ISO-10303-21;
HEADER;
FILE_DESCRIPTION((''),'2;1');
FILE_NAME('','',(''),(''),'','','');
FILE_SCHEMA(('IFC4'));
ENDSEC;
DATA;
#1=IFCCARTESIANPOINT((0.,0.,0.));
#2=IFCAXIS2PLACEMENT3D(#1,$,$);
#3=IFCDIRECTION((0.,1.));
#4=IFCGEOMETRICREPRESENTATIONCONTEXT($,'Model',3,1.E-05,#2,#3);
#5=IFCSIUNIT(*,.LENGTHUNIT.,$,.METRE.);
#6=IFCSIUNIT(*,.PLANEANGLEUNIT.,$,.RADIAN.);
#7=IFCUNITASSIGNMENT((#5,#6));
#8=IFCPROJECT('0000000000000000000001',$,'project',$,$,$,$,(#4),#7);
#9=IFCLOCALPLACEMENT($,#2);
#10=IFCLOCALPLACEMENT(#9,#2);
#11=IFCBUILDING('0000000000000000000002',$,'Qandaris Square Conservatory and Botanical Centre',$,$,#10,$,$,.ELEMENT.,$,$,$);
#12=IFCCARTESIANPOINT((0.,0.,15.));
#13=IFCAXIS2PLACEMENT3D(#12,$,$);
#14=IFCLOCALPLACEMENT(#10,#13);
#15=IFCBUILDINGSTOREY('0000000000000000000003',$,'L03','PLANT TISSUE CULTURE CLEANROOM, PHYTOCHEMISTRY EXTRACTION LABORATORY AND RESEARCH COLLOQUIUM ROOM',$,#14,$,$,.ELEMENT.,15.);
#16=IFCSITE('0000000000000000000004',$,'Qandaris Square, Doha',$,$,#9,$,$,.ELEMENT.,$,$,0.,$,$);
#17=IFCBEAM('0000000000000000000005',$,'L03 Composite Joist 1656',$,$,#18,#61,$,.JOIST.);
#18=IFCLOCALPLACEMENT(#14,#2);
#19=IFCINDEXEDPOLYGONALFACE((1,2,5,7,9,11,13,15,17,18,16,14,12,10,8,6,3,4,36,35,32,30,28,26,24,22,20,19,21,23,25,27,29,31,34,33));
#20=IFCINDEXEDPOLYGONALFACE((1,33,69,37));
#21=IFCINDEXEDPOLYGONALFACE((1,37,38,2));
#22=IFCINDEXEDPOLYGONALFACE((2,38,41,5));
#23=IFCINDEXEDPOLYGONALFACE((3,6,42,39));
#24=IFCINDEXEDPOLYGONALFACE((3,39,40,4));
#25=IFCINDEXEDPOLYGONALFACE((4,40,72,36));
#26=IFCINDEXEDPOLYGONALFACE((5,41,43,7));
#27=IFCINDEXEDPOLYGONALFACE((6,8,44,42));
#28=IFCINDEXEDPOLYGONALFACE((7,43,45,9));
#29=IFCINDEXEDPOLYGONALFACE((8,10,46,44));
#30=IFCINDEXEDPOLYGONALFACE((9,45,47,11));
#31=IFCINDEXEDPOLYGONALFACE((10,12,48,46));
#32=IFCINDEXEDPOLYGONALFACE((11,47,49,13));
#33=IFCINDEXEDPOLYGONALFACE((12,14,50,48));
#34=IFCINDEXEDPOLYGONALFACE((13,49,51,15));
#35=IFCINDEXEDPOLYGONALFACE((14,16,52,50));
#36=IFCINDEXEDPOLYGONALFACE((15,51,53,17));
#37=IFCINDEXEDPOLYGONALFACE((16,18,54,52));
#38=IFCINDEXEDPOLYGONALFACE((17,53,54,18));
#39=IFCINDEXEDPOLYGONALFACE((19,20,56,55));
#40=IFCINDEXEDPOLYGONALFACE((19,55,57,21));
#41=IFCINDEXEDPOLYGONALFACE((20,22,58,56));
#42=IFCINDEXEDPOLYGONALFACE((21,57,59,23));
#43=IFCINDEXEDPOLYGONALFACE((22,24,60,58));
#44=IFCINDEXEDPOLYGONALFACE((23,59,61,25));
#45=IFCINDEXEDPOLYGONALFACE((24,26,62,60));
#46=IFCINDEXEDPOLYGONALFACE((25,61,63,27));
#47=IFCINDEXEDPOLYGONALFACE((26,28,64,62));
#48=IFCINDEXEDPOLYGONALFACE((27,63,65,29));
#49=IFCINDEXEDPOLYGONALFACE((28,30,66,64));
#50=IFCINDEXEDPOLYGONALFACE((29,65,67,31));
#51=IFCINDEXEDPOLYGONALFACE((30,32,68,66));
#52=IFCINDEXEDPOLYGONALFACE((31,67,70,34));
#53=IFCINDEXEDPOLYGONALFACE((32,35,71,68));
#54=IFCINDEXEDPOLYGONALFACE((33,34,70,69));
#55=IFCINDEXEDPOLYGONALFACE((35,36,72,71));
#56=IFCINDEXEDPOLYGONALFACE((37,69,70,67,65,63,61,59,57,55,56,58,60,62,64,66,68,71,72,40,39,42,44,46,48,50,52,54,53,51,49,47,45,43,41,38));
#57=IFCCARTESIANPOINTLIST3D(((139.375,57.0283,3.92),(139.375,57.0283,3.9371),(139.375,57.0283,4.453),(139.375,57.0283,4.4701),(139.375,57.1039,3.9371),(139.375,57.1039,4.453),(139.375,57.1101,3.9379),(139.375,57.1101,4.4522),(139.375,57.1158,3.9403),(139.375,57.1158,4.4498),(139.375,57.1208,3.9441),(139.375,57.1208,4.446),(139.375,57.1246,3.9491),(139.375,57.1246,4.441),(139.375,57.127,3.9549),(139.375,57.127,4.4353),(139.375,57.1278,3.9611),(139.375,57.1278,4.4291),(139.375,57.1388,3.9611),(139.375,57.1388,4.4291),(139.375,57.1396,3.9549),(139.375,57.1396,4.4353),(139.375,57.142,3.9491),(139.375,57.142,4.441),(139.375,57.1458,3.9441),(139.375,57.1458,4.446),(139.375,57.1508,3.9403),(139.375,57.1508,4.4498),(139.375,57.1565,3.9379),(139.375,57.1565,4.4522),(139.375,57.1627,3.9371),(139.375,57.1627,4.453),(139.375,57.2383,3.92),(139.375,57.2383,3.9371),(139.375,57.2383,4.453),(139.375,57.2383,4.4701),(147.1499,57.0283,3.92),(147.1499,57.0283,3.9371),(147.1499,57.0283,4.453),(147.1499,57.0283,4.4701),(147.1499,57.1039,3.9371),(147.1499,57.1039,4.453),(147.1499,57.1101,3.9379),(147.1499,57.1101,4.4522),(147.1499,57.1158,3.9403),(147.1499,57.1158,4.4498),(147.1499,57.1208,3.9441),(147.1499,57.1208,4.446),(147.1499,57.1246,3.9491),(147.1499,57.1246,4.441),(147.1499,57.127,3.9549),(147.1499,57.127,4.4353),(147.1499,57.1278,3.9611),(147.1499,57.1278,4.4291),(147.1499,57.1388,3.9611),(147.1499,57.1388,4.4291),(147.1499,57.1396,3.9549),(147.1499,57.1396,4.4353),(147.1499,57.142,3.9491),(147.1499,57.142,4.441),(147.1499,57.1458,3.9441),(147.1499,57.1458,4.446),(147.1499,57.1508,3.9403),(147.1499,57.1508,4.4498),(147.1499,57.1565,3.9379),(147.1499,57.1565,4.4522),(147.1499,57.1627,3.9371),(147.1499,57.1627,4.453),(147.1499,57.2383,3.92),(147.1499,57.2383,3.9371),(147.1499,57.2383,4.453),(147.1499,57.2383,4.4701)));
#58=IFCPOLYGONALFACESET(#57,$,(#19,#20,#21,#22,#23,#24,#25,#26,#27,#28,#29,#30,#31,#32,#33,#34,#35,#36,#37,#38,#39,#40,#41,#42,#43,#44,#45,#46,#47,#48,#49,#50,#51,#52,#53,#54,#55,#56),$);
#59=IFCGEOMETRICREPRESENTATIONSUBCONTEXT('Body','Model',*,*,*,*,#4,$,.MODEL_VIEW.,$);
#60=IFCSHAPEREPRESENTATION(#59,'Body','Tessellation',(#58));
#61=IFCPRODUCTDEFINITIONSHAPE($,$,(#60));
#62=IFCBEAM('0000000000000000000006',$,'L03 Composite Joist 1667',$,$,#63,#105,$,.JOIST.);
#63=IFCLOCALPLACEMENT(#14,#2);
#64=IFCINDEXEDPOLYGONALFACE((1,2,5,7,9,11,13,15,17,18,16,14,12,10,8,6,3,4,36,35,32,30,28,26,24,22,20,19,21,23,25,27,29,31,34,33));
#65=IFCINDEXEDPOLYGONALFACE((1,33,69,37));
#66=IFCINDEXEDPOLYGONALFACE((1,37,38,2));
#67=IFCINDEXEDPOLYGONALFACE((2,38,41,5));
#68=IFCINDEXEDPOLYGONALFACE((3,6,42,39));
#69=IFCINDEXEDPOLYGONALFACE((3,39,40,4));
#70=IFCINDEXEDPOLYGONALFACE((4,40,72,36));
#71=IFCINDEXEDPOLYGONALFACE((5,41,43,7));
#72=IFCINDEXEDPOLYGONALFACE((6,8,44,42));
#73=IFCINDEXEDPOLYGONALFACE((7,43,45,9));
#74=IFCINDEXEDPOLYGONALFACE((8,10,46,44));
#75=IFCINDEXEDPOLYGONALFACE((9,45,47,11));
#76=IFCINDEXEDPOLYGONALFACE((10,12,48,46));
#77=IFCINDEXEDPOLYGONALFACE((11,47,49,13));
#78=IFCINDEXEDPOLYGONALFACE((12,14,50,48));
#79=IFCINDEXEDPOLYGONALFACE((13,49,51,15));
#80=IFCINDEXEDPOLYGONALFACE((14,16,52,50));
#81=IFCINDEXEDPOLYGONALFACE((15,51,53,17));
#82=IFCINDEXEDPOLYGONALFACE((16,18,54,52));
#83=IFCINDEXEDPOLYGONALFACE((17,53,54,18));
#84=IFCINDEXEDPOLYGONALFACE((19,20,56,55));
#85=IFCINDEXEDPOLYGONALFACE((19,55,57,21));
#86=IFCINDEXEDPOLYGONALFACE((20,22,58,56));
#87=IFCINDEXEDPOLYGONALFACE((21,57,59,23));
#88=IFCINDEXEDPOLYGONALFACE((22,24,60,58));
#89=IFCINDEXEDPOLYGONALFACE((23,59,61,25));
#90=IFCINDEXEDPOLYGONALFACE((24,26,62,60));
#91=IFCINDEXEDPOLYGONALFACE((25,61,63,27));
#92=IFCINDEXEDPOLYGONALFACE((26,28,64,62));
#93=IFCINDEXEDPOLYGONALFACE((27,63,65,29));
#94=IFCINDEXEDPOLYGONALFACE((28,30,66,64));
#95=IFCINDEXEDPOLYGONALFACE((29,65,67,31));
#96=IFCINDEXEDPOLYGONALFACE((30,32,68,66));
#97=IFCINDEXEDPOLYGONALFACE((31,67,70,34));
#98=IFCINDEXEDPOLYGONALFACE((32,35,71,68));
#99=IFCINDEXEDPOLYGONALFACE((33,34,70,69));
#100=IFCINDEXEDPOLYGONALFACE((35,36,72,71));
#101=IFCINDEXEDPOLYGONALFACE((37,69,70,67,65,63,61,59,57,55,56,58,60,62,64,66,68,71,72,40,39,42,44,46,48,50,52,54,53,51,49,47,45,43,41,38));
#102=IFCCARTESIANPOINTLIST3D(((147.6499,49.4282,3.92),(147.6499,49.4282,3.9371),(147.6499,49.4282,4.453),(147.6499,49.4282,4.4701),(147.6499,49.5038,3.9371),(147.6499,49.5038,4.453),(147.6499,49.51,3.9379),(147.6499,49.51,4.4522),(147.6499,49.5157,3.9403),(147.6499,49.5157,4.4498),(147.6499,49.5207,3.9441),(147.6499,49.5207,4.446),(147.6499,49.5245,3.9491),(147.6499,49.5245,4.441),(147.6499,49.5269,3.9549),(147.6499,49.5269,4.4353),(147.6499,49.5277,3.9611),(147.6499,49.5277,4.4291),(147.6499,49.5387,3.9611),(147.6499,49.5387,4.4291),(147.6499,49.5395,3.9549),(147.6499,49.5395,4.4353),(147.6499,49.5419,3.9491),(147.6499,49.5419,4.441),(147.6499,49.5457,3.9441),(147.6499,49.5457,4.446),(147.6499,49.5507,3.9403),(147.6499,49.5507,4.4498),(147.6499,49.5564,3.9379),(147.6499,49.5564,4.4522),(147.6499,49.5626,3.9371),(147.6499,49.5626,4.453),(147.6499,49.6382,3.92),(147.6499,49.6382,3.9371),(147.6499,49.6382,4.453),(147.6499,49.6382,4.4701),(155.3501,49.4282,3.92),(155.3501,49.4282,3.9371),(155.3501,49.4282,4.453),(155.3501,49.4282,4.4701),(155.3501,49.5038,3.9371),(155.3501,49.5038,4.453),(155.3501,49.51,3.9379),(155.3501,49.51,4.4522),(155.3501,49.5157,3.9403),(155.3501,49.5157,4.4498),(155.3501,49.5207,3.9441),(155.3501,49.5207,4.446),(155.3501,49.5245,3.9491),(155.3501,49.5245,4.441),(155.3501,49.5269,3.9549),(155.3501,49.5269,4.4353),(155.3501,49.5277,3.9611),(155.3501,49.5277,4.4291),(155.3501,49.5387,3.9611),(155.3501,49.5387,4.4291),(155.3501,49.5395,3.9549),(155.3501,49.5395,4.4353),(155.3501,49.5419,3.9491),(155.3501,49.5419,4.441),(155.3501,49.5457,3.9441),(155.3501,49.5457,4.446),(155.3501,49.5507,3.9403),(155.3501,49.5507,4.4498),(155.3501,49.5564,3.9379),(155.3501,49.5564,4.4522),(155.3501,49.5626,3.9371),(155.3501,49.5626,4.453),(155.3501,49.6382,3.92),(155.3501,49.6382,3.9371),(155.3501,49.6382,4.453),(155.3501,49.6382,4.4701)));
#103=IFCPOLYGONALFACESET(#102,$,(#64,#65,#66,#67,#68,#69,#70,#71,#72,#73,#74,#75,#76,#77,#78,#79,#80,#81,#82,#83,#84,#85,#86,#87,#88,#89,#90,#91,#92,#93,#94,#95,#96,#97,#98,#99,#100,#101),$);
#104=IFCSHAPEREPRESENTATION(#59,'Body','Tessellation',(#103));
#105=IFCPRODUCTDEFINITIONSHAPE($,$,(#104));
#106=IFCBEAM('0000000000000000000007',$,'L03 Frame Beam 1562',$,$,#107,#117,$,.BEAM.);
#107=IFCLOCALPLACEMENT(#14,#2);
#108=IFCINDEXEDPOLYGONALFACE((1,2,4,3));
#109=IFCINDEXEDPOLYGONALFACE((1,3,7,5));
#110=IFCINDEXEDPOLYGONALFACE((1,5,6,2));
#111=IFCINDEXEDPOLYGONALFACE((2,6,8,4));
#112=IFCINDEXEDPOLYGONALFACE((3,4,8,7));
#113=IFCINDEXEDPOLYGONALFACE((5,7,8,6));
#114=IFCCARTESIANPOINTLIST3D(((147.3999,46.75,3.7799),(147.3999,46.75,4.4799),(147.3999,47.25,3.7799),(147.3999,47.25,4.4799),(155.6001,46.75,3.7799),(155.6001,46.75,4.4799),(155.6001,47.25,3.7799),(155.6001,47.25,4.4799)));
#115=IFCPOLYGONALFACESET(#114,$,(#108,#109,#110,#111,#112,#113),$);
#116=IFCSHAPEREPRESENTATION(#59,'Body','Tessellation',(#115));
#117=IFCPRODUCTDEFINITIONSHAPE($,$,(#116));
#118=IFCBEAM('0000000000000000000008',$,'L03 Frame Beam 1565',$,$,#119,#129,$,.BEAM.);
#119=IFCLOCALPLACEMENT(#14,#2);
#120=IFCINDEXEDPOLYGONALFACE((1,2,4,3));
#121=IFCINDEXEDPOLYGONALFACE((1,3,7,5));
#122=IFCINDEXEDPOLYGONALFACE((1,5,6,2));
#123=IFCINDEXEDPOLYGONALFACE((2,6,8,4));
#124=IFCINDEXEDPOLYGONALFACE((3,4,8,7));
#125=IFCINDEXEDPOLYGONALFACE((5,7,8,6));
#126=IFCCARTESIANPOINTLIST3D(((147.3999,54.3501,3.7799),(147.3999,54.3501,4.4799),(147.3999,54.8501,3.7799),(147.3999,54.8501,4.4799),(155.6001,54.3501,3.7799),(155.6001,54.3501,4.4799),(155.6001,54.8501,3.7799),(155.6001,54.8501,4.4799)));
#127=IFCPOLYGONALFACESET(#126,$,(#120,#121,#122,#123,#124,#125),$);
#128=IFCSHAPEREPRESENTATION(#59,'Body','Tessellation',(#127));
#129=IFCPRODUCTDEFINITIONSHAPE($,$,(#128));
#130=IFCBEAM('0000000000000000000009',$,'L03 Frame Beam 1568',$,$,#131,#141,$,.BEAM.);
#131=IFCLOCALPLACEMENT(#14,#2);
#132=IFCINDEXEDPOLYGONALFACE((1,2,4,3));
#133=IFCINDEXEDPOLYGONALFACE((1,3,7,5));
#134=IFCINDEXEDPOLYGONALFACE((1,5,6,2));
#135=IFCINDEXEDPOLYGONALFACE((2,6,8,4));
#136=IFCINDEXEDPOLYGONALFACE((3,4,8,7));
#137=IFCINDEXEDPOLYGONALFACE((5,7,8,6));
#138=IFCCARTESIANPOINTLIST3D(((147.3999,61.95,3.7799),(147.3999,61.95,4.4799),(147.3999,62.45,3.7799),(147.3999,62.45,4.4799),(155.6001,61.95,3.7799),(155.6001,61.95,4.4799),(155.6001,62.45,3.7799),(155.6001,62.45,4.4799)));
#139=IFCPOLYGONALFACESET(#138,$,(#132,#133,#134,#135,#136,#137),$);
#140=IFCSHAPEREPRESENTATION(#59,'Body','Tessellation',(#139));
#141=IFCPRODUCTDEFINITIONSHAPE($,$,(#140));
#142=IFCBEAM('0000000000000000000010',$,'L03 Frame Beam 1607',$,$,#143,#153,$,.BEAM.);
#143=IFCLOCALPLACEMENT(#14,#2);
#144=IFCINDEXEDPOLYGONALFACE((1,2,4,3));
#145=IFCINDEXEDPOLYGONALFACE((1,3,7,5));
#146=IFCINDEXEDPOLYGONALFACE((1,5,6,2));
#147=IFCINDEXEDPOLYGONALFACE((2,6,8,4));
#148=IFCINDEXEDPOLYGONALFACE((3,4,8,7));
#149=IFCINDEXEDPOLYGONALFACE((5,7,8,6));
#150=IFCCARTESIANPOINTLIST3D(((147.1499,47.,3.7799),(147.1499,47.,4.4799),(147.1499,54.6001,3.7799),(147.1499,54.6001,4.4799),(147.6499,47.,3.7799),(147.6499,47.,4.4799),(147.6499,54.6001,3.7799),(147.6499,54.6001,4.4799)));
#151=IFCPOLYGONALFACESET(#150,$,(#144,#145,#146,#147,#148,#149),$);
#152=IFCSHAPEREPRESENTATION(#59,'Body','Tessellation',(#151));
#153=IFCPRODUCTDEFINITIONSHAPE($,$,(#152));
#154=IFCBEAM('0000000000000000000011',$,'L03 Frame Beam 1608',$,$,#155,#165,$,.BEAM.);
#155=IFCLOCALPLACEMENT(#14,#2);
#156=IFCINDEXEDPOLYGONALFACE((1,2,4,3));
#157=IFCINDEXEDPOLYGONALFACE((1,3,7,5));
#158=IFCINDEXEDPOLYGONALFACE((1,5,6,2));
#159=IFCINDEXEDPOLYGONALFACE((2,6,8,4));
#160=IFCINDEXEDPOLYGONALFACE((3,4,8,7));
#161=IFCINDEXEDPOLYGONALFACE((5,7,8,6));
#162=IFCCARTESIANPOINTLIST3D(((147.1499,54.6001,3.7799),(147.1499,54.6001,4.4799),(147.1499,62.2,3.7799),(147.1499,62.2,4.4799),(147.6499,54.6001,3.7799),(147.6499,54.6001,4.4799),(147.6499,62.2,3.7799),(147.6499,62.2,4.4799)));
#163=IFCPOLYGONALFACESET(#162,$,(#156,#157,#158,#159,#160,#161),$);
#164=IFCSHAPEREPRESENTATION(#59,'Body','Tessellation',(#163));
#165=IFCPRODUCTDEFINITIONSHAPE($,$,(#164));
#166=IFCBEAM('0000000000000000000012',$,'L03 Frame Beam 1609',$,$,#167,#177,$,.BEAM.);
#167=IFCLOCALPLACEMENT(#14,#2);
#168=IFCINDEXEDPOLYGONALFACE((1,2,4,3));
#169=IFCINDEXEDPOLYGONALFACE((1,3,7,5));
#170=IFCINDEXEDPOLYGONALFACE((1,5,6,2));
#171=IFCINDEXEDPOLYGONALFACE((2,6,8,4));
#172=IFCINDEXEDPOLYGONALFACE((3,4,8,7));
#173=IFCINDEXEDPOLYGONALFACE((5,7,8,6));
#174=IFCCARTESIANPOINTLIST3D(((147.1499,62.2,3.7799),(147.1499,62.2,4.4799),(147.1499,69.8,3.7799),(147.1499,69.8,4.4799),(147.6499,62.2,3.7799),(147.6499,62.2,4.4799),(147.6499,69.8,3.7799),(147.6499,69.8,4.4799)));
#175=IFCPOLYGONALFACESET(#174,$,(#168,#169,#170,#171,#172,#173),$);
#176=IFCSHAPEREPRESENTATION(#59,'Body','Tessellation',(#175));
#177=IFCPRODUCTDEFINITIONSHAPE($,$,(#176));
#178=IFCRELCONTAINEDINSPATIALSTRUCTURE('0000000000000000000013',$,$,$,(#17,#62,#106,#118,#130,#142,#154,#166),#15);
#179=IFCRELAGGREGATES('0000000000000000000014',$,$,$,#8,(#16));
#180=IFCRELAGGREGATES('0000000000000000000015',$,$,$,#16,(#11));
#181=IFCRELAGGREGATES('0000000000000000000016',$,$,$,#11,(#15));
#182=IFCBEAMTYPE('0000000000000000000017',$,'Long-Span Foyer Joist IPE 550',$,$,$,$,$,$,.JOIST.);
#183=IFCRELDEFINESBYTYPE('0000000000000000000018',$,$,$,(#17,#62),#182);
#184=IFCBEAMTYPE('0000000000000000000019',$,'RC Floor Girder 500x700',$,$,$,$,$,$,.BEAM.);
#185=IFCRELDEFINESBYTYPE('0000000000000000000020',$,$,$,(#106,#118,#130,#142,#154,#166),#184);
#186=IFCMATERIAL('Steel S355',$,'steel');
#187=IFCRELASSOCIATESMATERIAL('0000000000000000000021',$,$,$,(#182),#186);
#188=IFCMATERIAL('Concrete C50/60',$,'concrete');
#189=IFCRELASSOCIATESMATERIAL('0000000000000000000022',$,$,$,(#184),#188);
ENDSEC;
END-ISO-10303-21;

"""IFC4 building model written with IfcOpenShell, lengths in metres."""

from ifc_helpers import new_model, si_unit, direction, frame, origin, origin_2d, place, context, subcontext, project, spatial, rectangle, i_section, extrude, material, material_profile, profile_set, type_object, element, save


model = new_model("IFC4")

# Units and contexts
model_context = context("Model", 3, precision=1e-05, world=origin(), true_north=direction((0.0, 1.0)))
body_context = subcontext(model_context, "Body", "Model", "MODEL_VIEW")
ifc_project = project(units=[si_unit("LENGTHUNIT", "METRE"), si_unit("PLANEANGLEUNIT", "RADIAN")], contexts=[model_context])

# Site, building, storey
site_placement = place(None, origin())
site = spatial("IfcSite", under=ifc_project, at=site_placement, Name="Qandaris Square, Doha", CompositionType="ELEMENT", RefElevation=0.0)
building_placement = place(site_placement, origin())
building = spatial("IfcBuilding", under=site, at=building_placement, Name="Qandaris Square Conservatory and Botanical Centre", CompositionType="ELEMENT")
storey_placement = place(building_placement, frame((0.0, 0.0, 15.0)))
storey = spatial("IfcBuildingStorey", under=building, at=storey_placement, Name="L03", Description="PLANT TISSUE CULTURE CLEANROOM, PHYTOCHEMISTRY EXTRACTION LABORATORY AND RESEARCH COLLOQUIUM ROOM", CompositionType="ELEMENT", Elevation=15.0)

# Shared definitions
ifc_material_1 = material(Name="Concrete C50/60", Category="concrete")

# Beams
ifc_material_2 = material(Name="Steel S355", Category="steel")
ifc_material_profile_1 = material_profile(ifc_material_2, i_section(OverallWidth=0.21, OverallDepth=0.55, WebThickness=0.011, FlangeThickness=0.0171, FilletRadius=0.0239, at=origin_2d()), Name="IPE 550")
ifc_profile_set_1 = profile_set([ifc_material_profile_1], Name="Steel S355")
beam_type_1 = type_object("IfcBeamType", Name="Long-Span Foyer Joist IPE 550", PredefinedType="JOIST", material=ifc_profile_set_1)
for number, where, z_axis, x_axis, name in (
    (1, (139.375, 57.1333, 4.1951), (1.0, 0.0, 0.0), (0.0, 1.0, 0.0), "L03 Composite Joist 1656"),
):
    element("IfcBeam", number, at=place(storey_placement, frame(where, z_axis=z_axis, x_axis=x_axis)), inside=storey, type_object=beam_type_1, Name=name, PredefinedType="JOIST", context=body_context, shape_type="SweptSolid", body=[
        extrude(i_section(OverallWidth=0.21, OverallDepth=0.55, WebThickness=0.011, FlangeThickness=0.0171, FilletRadius=0.0239, at=origin_2d()), origin(), (0.0, 0.0, 1.0), 7.7749),
    ])
beam_1_placement = place(storey_placement, frame((147.6499, 49.5332, 4.1951), z_axis=(1.0, 0.0, 0.0), x_axis=(0.0, 1.0, 0.0)))
element("IfcBeam", 2, at=beam_1_placement, inside=storey, type_object=beam_type_1, Name="L03 Composite Joist 1667", PredefinedType="JOIST", context=body_context, shape_type="SweptSolid", body=[
    extrude(i_section(OverallWidth=0.21, OverallDepth=0.55, WebThickness=0.011, FlangeThickness=0.0171, FilletRadius=0.0239, at=origin_2d()), origin(), (0.0, 0.0, 1.0), 7.7002),
])
ifc_material_profile_2 = material_profile(ifc_material_1, rectangle(XDim=0.5, YDim=0.7, at=origin_2d()), Name="RC-BM 500x700")
ifc_profile_set_2 = profile_set([ifc_material_profile_2], Name="Concrete C50/60")
beam_type_2 = type_object("IfcBeamType", Name="RC Floor Girder 500x700", PredefinedType="BEAM", material=ifc_profile_set_2)
for number, where, z_axis, x_axis, name in (
    (3, (147.3999, 47.0, 4.1299), (1.0, 0.0, 0.0), (0.0, 1.0, 0.0), "L03 Frame Beam 1562"),
    (4, (147.3999, 54.6001, 4.1299), (1.0, 0.0, 0.0), (0.0, 1.0, 0.0), "L03 Frame Beam 1565"),
    (5, (147.3999, 62.2, 4.1299), (1.0, 0.0, 0.0), (0.0, 1.0, 0.0), "L03 Frame Beam 1568"),
):
    element("IfcBeam", number, at=place(storey_placement, frame(where, z_axis=z_axis, x_axis=x_axis)), inside=storey, type_object=beam_type_2, Name=name, PredefinedType="BEAM", context=body_context, shape_type="SweptSolid", body=[
        extrude(rectangle(XDim=0.5, YDim=0.7, at=origin_2d()), origin(), (0.0, 0.0, 1.0), 8.2002),
    ])
beam_2_placement = place(storey_placement, frame((147.3999, 47.0, 4.1299), z_axis=(0.0, 1.0, 0.0), x_axis=(-1.0, 0.0, 0.0)))
element("IfcBeam", 6, at=beam_2_placement, inside=storey, type_object=beam_type_2, Name="L03 Frame Beam 1607", PredefinedType="BEAM", context=body_context, shape_type="SweptSolid", body=[
    extrude(rectangle(XDim=0.5, YDim=0.7, at=origin_2d()), origin(), (0.0, 0.0, 1.0), 7.6001),
])
beam_3_placement = place(storey_placement, frame((147.3999, 54.6001, 4.1299), z_axis=(0.0, 1.0, 0.0), x_axis=(-1.0, 0.0, 0.0)))
element("IfcBeam", 7, at=beam_3_placement, inside=storey, type_object=beam_type_2, Name="L03 Frame Beam 1608", PredefinedType="BEAM", context=body_context, shape_type="SweptSolid", body=[
    extrude(rectangle(XDim=0.5, YDim=0.7, at=origin_2d()), origin(), (0.0, 0.0, 1.0), 7.5999),
])
beam_4_placement = place(storey_placement, frame((147.3999, 62.2, 4.1299), z_axis=(0.0, 1.0, 0.0), x_axis=(-1.0, 0.0, 0.0)))
element("IfcBeam", 8, at=beam_4_placement, inside=storey, type_object=beam_type_2, Name="L03 Frame Beam 1609", PredefinedType="BEAM", context=body_context, shape_type="SweptSolid", body=[
    extrude(rectangle(XDim=0.5, YDim=0.7, at=origin_2d()), origin(), (0.0, 0.0, 1.0), 7.6001),
])

save(model, "model.ifc")
